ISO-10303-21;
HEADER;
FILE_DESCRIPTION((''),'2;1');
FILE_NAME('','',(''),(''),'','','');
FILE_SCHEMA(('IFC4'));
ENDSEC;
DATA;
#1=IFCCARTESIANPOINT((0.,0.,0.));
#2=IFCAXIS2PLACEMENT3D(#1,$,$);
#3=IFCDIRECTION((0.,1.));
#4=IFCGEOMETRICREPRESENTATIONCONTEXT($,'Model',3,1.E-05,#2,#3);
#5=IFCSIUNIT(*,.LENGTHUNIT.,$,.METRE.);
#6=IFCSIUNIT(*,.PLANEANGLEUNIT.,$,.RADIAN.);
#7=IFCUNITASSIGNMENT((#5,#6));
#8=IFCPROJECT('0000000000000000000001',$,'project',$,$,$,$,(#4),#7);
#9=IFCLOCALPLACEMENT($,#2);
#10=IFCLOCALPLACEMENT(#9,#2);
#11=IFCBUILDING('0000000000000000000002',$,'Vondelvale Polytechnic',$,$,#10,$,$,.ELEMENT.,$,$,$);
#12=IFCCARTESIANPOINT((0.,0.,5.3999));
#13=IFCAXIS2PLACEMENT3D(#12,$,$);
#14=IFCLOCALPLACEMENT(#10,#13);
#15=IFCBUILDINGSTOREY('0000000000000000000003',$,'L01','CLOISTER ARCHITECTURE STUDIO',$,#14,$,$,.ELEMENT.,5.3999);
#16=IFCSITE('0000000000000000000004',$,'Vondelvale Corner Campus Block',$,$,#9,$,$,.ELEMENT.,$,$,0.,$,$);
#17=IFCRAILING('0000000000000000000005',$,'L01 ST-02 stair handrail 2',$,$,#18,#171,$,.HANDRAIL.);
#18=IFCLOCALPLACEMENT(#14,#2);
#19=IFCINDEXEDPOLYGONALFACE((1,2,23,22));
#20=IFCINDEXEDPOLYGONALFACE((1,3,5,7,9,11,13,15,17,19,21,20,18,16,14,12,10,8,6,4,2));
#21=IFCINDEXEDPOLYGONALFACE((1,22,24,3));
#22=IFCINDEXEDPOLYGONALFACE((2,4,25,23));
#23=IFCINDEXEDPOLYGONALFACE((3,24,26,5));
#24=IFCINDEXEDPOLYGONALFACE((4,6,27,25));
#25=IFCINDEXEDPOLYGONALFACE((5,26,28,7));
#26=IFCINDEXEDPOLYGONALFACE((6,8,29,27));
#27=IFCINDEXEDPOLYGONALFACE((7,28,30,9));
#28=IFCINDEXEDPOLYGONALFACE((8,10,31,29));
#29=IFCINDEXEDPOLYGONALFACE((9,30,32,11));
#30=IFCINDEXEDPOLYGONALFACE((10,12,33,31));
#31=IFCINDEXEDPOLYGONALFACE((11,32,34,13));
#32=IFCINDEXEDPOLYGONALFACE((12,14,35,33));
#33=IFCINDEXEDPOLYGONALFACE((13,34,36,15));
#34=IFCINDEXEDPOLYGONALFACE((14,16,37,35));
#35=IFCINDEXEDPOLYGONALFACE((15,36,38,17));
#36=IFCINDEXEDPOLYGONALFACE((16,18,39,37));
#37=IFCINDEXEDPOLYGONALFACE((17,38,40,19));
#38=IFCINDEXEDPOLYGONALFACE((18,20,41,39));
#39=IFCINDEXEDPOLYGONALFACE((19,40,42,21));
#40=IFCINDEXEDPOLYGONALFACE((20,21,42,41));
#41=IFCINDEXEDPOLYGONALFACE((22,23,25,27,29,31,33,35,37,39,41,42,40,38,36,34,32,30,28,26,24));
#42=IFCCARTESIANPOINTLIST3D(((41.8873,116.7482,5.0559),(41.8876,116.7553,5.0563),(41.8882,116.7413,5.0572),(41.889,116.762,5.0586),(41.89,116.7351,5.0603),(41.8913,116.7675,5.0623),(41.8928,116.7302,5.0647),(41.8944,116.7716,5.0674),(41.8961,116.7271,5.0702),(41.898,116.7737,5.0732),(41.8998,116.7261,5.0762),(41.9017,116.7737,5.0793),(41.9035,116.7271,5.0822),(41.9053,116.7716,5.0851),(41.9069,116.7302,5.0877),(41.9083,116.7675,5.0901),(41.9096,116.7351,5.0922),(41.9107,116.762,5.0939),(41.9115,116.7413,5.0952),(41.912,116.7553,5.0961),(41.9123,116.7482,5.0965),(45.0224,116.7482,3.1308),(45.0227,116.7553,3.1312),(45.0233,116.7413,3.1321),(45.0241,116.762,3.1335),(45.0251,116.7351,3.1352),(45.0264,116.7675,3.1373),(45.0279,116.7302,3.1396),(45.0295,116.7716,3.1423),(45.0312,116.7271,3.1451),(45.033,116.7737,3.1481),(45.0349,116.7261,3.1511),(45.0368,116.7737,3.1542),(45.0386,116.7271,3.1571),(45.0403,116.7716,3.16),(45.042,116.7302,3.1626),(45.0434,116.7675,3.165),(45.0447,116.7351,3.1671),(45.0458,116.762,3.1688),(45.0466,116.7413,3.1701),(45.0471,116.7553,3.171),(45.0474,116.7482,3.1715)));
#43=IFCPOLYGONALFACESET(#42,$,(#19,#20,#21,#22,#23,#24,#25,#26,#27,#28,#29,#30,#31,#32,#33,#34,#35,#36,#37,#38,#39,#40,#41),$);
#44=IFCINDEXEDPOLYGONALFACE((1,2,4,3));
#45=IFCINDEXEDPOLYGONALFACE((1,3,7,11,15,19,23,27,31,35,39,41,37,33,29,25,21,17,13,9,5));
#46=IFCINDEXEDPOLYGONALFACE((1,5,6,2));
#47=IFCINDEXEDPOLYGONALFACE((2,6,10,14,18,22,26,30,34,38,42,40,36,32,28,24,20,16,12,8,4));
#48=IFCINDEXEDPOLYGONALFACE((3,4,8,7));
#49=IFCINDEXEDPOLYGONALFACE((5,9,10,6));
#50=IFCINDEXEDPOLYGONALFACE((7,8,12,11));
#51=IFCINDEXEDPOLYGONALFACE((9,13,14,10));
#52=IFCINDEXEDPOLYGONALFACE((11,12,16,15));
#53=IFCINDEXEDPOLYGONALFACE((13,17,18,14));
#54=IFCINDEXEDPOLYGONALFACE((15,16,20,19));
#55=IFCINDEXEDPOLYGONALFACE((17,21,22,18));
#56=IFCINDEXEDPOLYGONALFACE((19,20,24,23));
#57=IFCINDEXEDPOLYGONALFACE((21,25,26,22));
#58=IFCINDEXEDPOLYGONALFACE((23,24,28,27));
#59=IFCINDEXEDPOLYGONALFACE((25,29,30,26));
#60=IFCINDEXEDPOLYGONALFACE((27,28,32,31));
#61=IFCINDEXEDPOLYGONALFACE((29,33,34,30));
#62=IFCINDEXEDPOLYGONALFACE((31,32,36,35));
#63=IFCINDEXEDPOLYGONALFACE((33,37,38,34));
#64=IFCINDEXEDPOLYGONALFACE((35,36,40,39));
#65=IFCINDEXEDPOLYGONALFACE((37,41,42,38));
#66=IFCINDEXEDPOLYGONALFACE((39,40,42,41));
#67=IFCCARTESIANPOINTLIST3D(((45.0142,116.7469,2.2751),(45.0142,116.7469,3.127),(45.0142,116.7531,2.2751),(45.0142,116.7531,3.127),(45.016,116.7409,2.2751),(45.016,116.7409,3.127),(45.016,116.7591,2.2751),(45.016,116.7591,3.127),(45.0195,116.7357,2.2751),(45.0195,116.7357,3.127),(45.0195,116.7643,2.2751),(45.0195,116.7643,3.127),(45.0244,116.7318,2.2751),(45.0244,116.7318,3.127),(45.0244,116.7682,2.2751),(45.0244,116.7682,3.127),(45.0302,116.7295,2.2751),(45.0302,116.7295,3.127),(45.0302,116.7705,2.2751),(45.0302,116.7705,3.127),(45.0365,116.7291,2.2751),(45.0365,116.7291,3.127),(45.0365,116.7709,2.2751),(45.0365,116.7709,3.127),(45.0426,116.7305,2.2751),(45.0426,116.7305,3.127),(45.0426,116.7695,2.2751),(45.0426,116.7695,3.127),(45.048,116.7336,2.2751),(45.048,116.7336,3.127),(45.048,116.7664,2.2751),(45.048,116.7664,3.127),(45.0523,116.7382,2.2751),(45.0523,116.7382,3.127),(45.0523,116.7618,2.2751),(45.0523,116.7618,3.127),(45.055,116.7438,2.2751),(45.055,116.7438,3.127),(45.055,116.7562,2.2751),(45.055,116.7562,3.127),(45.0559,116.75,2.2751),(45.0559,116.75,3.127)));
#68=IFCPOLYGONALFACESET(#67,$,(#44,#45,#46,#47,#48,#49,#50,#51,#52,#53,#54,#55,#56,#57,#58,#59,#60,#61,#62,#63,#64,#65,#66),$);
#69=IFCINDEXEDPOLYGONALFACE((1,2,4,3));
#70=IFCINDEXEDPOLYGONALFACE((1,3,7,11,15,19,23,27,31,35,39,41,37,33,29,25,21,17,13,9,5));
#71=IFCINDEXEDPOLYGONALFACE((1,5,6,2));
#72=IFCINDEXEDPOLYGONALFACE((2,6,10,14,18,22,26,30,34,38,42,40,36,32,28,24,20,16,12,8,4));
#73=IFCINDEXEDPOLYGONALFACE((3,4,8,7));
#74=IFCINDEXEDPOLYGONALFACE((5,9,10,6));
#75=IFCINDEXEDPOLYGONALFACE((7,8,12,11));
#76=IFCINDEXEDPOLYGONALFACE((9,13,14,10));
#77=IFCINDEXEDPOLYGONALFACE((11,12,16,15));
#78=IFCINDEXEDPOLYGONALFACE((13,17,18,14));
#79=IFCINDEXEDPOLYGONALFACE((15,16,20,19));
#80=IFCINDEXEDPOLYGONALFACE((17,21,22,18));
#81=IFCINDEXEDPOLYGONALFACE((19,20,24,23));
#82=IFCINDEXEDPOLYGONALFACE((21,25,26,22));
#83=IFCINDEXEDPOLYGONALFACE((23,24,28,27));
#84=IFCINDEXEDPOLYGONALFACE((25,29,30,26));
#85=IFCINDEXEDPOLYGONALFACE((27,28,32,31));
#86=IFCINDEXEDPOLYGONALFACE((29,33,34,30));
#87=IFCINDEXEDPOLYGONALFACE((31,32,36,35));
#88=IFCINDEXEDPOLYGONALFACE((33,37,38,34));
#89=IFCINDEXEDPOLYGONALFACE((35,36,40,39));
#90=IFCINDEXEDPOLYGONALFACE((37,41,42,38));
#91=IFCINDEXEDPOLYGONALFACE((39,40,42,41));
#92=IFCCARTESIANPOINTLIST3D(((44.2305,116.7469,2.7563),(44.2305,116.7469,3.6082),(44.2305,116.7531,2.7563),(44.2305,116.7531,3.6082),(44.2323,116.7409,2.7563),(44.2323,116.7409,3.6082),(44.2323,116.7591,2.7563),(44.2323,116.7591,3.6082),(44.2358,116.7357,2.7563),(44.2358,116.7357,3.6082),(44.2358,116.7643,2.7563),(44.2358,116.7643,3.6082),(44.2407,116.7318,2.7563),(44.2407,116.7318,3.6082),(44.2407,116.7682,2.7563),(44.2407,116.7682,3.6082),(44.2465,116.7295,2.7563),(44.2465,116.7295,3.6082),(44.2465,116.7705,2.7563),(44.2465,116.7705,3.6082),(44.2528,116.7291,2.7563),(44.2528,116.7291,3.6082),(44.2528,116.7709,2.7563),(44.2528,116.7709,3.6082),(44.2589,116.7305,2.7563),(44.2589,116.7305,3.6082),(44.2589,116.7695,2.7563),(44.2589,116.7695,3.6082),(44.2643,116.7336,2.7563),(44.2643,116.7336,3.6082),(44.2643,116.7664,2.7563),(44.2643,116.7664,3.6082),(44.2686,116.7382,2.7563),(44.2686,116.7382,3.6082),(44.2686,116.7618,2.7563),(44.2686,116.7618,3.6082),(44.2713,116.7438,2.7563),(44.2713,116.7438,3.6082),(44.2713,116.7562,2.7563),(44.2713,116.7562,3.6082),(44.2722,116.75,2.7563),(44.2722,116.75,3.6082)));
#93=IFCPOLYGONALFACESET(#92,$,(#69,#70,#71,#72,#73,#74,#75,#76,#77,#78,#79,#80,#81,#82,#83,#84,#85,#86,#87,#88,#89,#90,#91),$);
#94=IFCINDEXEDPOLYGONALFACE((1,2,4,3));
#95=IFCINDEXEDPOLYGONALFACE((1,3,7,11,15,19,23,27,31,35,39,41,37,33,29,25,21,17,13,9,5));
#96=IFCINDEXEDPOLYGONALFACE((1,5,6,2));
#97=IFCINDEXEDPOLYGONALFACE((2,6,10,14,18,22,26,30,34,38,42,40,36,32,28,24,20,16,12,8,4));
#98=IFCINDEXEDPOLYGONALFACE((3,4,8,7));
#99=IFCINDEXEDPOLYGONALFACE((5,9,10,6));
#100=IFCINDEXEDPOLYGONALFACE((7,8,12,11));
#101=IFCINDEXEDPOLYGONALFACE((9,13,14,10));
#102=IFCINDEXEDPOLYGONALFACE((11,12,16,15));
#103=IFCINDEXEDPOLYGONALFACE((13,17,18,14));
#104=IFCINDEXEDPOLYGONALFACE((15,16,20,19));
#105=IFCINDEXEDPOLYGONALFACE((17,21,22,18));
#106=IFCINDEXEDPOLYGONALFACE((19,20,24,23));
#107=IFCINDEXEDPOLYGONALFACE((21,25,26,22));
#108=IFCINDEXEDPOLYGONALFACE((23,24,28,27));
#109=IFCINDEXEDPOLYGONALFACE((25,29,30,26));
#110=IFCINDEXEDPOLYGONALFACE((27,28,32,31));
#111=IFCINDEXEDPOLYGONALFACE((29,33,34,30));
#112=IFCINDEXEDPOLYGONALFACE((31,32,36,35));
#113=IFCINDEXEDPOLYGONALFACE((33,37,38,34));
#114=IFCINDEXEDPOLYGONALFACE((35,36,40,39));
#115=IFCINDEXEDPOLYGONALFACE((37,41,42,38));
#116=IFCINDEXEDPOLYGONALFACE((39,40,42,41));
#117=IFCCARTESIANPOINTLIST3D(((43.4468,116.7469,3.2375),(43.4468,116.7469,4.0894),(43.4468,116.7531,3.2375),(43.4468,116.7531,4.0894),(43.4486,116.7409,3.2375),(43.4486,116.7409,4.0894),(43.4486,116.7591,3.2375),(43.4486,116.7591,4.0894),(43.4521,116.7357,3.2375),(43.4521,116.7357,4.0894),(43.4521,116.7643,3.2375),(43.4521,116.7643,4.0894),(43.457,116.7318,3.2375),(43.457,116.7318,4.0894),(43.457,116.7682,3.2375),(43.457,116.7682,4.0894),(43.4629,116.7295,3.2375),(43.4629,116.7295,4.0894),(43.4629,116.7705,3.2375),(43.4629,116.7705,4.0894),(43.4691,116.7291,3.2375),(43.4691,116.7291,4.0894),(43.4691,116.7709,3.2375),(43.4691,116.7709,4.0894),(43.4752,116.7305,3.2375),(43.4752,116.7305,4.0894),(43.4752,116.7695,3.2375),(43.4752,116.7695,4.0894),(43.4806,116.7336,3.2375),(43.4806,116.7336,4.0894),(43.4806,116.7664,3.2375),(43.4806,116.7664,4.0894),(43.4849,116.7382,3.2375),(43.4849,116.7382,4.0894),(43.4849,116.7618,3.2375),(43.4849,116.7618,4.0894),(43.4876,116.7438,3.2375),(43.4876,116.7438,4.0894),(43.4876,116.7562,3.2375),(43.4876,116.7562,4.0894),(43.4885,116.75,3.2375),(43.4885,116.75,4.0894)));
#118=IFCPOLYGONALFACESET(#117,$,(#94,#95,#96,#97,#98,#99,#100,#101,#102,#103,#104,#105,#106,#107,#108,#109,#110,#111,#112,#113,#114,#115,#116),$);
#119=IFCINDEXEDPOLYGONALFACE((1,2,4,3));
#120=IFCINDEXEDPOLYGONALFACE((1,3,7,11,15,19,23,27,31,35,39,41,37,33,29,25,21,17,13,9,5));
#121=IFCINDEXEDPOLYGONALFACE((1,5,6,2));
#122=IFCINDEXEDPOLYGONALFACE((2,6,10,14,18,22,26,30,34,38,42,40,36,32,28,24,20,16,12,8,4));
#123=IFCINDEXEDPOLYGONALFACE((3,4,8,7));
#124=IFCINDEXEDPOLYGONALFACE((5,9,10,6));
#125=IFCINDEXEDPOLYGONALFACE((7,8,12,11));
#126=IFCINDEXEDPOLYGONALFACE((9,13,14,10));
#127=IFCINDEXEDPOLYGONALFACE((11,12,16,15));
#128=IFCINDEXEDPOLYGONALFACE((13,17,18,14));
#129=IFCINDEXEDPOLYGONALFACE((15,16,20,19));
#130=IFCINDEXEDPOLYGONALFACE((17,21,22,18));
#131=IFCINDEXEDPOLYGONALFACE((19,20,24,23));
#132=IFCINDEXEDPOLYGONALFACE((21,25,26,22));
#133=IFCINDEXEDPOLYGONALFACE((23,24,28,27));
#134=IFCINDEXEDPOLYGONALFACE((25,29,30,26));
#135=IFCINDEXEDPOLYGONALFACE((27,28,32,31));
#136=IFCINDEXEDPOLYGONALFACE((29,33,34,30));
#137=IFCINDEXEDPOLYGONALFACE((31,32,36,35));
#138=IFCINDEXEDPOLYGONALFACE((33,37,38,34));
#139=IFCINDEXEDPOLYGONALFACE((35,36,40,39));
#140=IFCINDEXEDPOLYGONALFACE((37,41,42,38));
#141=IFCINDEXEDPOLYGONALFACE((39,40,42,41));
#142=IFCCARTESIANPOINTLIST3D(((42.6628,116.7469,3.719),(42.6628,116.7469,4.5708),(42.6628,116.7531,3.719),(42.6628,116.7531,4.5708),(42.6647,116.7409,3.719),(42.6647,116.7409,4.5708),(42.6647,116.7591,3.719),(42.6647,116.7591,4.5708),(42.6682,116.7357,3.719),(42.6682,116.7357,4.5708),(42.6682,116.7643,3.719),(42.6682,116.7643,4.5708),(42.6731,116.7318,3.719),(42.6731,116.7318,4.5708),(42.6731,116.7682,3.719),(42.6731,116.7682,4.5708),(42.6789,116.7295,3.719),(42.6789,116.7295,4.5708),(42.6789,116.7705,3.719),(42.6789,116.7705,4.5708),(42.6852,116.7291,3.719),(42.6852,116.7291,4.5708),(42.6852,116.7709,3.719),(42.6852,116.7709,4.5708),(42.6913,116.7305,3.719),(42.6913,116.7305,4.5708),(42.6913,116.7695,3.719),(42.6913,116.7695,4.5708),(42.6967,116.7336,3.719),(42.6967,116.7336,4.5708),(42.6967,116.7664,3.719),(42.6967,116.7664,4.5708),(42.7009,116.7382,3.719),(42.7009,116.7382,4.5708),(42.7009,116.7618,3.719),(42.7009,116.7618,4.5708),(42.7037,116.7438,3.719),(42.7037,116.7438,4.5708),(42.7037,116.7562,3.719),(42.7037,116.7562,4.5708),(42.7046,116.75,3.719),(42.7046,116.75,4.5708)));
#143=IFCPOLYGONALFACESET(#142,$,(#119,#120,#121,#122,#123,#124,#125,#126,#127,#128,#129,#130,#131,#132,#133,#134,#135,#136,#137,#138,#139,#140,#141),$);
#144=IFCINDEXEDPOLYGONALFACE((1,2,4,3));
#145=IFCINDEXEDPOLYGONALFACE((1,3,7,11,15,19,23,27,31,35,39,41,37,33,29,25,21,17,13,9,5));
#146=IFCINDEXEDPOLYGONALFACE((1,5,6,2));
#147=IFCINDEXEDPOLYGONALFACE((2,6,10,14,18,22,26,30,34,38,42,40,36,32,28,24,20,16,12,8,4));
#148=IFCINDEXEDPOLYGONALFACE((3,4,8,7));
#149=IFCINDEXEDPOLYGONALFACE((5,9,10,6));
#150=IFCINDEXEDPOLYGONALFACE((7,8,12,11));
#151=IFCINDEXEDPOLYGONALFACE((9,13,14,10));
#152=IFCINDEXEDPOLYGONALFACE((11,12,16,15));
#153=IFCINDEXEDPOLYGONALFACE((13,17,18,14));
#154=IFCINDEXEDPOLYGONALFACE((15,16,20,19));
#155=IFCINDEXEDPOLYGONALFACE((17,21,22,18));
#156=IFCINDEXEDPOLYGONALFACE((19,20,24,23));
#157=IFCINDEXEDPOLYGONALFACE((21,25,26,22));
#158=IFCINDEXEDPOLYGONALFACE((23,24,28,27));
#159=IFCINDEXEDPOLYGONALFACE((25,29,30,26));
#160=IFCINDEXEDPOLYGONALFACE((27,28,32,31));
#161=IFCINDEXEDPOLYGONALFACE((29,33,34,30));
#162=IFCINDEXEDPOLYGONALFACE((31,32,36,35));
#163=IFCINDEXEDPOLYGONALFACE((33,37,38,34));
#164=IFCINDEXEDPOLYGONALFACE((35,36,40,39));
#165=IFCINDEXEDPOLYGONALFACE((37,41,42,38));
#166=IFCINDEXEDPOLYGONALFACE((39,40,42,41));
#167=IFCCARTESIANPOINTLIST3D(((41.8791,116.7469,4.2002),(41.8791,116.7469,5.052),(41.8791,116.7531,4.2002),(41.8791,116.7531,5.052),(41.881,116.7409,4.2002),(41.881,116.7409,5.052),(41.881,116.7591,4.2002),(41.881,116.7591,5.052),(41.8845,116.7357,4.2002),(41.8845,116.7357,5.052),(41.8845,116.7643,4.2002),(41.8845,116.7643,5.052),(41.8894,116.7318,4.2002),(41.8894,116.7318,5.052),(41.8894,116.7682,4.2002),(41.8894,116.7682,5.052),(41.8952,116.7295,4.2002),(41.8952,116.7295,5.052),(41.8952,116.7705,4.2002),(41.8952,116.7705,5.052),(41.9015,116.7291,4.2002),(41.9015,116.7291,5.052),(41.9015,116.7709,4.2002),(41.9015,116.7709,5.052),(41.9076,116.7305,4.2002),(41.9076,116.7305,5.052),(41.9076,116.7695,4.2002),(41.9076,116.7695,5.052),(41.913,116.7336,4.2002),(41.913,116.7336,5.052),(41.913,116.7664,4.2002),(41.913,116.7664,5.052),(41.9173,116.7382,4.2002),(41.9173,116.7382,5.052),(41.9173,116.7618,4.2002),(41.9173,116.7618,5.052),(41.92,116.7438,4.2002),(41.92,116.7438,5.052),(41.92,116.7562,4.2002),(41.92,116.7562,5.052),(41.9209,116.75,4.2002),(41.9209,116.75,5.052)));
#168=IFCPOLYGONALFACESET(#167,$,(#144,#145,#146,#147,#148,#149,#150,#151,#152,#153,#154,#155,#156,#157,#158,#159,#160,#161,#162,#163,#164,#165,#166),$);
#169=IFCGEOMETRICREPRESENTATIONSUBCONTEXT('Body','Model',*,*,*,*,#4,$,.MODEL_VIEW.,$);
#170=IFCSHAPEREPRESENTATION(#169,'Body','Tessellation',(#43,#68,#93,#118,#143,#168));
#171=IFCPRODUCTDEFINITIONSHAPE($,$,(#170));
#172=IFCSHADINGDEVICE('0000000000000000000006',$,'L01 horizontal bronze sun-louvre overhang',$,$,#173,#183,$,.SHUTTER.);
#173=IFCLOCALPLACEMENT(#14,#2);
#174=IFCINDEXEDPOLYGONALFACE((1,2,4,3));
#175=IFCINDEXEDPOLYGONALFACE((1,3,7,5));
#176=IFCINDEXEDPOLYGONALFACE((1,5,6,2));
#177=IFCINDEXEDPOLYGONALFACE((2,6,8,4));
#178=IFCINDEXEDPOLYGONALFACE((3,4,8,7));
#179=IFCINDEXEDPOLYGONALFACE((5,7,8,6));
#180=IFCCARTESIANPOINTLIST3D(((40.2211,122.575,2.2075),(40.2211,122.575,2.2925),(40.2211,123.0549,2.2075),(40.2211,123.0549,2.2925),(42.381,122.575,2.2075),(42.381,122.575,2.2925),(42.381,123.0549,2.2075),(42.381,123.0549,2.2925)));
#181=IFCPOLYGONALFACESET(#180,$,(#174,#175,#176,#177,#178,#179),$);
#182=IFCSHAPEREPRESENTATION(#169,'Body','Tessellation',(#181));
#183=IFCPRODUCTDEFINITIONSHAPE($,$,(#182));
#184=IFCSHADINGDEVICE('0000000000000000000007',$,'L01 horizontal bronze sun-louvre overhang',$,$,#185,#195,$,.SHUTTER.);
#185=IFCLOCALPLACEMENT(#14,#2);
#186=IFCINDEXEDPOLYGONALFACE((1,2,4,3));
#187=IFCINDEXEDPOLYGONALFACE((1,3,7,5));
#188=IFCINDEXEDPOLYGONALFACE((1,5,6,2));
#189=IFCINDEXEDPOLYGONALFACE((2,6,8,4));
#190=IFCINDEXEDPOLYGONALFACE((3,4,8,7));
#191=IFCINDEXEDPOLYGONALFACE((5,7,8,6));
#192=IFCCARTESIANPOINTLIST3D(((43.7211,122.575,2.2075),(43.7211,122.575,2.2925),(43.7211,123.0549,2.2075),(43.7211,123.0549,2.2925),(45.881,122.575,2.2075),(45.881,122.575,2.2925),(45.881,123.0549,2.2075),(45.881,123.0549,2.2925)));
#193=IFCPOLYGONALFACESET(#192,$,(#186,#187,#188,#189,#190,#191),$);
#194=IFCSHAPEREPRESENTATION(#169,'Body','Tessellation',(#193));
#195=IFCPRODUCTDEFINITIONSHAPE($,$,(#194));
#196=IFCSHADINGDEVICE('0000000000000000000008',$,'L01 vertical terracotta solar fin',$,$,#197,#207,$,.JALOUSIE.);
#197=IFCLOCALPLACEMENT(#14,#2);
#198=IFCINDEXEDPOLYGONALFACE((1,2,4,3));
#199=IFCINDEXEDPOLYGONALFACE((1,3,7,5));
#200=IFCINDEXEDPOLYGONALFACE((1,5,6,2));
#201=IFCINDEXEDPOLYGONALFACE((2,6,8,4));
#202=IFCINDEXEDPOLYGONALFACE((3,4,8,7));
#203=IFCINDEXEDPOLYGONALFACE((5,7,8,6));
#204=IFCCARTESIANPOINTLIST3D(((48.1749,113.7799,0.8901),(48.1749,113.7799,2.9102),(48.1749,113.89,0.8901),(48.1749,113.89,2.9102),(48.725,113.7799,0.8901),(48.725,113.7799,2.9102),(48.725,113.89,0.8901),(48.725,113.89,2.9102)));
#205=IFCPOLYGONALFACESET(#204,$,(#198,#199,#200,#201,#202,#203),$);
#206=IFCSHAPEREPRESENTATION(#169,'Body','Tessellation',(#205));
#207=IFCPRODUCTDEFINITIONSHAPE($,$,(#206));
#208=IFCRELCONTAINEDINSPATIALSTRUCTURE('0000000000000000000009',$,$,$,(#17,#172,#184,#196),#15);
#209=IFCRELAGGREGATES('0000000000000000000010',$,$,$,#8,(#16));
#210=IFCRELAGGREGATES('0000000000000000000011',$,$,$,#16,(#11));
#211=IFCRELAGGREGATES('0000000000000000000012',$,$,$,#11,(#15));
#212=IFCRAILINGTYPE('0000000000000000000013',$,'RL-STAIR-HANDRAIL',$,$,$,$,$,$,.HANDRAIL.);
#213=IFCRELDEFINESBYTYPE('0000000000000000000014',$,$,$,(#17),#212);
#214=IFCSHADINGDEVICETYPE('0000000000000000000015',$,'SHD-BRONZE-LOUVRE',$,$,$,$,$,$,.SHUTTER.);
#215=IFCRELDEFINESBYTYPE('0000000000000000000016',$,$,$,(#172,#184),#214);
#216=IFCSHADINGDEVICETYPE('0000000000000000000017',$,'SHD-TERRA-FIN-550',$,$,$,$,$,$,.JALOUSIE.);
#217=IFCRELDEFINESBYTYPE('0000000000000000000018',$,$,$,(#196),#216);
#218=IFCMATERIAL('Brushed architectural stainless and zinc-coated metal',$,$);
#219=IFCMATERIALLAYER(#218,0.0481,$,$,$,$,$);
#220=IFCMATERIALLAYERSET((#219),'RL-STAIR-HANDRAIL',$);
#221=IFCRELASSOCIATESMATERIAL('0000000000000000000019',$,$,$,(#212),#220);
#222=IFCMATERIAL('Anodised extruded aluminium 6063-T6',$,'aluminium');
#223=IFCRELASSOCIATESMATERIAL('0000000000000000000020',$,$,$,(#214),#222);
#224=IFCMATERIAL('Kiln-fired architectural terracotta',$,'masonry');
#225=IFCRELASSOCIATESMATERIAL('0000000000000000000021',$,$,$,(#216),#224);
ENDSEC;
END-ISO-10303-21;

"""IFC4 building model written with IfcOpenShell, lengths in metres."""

from ifc_helpers import new_model, si_unit, direction, frame, origin, origin_2d, place, context, subcontext, project, spatial, rectangle, circle, extrude, material, layer, layer_set, type_object, element, save


model = new_model("IFC4")

# Units and contexts
model_context = context("Model", 3, precision=1e-05, world=origin(), true_north=direction((0.0, 1.0)))
body_context = subcontext(model_context, "Body", "Model", "MODEL_VIEW")
ifc_project = project(units=[si_unit("LENGTHUNIT", "METRE"), si_unit("PLANEANGLEUNIT", "RADIAN")], contexts=[model_context])

# Site, building, storey
site_placement = place(None, origin())
site = spatial("IfcSite", under=ifc_project, at=site_placement, Name="Vondelvale Corner Campus Block", CompositionType="ELEMENT", RefElevation=0.0)
building_placement = place(site_placement, origin())
building = spatial("IfcBuilding", under=site, at=building_placement, Name="Vondelvale Polytechnic", CompositionType="ELEMENT")
storey_placement = place(building_placement, frame((0.0, 0.0, 5.3999)))
storey = spatial("IfcBuildingStorey", under=building, at=storey_placement, Name="L01", Description="CLOISTER ARCHITECTURE STUDIO", CompositionType="ELEMENT", Elevation=5.3999)

# Railing
ifc_material_1 = material(Name="Brushed architectural stainless and zinc-coated metal")
ifc_layer_1 = layer(ifc_material_1, 0.0481)
ifc_layer_set_1 = layer_set([ifc_layer_1], Name="RL-STAIR-HANDRAIL")
railing_type_1 = type_object("IfcRailingType", Name="RL-STAIR-HANDRAIL", PredefinedType="HANDRAIL", material=ifc_layer_set_1)
railing_1_placement = place(storey_placement, frame((45.0349, 116.75, 2.2751)))
element("IfcRailing", 1, at=railing_1_placement, inside=storey, type_object=railing_type_1, Name="L01 ST-02 stair handrail 2", PredefinedType="HANDRAIL", context=body_context, shape_type="SweptSolid", body=[
    extrude(circle(Radius=0.0239, at=origin_2d()), frame((0.0, 0.0, 0.876), z_axis=(-0.852166, 0.0, 0.523271), x_axis=(0.0, -1.0, 0.0)), (0.0, 0.0, 1.0), 3.679),
    extrude(circle(Radius=0.021, at=origin_2d()), origin(), (0.0, 0.0, 1.0), 0.8518),
    extrude(circle(Radius=0.021, at=origin_2d()), frame((-0.7837, 0.0, 0.4812)), (0.0, 0.0, 1.0), 0.8518),
    extrude(circle(Radius=0.021, at=origin_2d()), frame((-1.5674, 0.0, 0.9624)), (0.0, 0.0, 1.0), 0.8518),
    extrude(circle(Radius=0.021, at=origin_2d()), frame((-2.3513, 0.0, 1.4438)), (0.0, 0.0, 1.0), 0.8518),
    extrude(circle(Radius=0.021, at=origin_2d()), frame((-3.135, 0.0, 1.925)), (0.0, 0.0, 1.0), 0.8518),
])

# Shading devices
ifc_material_2 = material(Name="Anodised extruded aluminium 6063-T6", Category="aluminium")
shading_device_type_1 = type_object("IfcShadingDeviceType", Name="SHD-BRONZE-LOUVRE", PredefinedType="SHUTTER", material=ifc_material_2)
for number, where, z_axis, x_axis, name in (
    (2, (41.301, 122.8149, 2.2075), (0.0, 0.0, 1.0), (1.0, 0.0, 0.0), "L01 horizontal bronze sun-louvre overhang"),
    (3, (44.801, 122.8149, 2.2075), (0.0, 0.0, 1.0), (1.0, 0.0, 0.0), "L01 horizontal bronze sun-louvre overhang"),
):
    element("IfcShadingDevice", number, at=place(storey_placement, frame(where, z_axis=z_axis, x_axis=x_axis)), inside=storey, type_object=shading_device_type_1, Name=name, PredefinedType="SHUTTER", context=body_context, shape_type="SweptSolid", body=[
        extrude(rectangle(XDim=2.1599, YDim=0.48, at=origin_2d()), origin(), (0.0, 0.0, 1.0), 0.085),
    ])
ifc_material_3 = material(Name="Kiln-fired architectural terracotta", Category="masonry")
shading_device_type_2 = type_object("IfcShadingDeviceType", Name="SHD-TERRA-FIN-550", PredefinedType="JALOUSIE", material=ifc_material_3)
shading_device_1_placement = place(storey_placement, frame((48.45, 113.835, 0.8901), z_axis=(0.0, 0.0, 1.0), x_axis=(0.0, -1.0, 0.0)))
element("IfcShadingDevice", 4, at=shading_device_1_placement, inside=storey, type_object=shading_device_type_2, Name="L01 vertical terracotta solar fin", PredefinedType="JALOUSIE", context=body_context, shape_type="SweptSolid", body=[
    extrude(rectangle(XDim=0.1101, YDim=0.55, at=origin_2d()), origin(), (0.0, 0.0, 1.0), 2.02),
])

save(model, "model.ifc")
